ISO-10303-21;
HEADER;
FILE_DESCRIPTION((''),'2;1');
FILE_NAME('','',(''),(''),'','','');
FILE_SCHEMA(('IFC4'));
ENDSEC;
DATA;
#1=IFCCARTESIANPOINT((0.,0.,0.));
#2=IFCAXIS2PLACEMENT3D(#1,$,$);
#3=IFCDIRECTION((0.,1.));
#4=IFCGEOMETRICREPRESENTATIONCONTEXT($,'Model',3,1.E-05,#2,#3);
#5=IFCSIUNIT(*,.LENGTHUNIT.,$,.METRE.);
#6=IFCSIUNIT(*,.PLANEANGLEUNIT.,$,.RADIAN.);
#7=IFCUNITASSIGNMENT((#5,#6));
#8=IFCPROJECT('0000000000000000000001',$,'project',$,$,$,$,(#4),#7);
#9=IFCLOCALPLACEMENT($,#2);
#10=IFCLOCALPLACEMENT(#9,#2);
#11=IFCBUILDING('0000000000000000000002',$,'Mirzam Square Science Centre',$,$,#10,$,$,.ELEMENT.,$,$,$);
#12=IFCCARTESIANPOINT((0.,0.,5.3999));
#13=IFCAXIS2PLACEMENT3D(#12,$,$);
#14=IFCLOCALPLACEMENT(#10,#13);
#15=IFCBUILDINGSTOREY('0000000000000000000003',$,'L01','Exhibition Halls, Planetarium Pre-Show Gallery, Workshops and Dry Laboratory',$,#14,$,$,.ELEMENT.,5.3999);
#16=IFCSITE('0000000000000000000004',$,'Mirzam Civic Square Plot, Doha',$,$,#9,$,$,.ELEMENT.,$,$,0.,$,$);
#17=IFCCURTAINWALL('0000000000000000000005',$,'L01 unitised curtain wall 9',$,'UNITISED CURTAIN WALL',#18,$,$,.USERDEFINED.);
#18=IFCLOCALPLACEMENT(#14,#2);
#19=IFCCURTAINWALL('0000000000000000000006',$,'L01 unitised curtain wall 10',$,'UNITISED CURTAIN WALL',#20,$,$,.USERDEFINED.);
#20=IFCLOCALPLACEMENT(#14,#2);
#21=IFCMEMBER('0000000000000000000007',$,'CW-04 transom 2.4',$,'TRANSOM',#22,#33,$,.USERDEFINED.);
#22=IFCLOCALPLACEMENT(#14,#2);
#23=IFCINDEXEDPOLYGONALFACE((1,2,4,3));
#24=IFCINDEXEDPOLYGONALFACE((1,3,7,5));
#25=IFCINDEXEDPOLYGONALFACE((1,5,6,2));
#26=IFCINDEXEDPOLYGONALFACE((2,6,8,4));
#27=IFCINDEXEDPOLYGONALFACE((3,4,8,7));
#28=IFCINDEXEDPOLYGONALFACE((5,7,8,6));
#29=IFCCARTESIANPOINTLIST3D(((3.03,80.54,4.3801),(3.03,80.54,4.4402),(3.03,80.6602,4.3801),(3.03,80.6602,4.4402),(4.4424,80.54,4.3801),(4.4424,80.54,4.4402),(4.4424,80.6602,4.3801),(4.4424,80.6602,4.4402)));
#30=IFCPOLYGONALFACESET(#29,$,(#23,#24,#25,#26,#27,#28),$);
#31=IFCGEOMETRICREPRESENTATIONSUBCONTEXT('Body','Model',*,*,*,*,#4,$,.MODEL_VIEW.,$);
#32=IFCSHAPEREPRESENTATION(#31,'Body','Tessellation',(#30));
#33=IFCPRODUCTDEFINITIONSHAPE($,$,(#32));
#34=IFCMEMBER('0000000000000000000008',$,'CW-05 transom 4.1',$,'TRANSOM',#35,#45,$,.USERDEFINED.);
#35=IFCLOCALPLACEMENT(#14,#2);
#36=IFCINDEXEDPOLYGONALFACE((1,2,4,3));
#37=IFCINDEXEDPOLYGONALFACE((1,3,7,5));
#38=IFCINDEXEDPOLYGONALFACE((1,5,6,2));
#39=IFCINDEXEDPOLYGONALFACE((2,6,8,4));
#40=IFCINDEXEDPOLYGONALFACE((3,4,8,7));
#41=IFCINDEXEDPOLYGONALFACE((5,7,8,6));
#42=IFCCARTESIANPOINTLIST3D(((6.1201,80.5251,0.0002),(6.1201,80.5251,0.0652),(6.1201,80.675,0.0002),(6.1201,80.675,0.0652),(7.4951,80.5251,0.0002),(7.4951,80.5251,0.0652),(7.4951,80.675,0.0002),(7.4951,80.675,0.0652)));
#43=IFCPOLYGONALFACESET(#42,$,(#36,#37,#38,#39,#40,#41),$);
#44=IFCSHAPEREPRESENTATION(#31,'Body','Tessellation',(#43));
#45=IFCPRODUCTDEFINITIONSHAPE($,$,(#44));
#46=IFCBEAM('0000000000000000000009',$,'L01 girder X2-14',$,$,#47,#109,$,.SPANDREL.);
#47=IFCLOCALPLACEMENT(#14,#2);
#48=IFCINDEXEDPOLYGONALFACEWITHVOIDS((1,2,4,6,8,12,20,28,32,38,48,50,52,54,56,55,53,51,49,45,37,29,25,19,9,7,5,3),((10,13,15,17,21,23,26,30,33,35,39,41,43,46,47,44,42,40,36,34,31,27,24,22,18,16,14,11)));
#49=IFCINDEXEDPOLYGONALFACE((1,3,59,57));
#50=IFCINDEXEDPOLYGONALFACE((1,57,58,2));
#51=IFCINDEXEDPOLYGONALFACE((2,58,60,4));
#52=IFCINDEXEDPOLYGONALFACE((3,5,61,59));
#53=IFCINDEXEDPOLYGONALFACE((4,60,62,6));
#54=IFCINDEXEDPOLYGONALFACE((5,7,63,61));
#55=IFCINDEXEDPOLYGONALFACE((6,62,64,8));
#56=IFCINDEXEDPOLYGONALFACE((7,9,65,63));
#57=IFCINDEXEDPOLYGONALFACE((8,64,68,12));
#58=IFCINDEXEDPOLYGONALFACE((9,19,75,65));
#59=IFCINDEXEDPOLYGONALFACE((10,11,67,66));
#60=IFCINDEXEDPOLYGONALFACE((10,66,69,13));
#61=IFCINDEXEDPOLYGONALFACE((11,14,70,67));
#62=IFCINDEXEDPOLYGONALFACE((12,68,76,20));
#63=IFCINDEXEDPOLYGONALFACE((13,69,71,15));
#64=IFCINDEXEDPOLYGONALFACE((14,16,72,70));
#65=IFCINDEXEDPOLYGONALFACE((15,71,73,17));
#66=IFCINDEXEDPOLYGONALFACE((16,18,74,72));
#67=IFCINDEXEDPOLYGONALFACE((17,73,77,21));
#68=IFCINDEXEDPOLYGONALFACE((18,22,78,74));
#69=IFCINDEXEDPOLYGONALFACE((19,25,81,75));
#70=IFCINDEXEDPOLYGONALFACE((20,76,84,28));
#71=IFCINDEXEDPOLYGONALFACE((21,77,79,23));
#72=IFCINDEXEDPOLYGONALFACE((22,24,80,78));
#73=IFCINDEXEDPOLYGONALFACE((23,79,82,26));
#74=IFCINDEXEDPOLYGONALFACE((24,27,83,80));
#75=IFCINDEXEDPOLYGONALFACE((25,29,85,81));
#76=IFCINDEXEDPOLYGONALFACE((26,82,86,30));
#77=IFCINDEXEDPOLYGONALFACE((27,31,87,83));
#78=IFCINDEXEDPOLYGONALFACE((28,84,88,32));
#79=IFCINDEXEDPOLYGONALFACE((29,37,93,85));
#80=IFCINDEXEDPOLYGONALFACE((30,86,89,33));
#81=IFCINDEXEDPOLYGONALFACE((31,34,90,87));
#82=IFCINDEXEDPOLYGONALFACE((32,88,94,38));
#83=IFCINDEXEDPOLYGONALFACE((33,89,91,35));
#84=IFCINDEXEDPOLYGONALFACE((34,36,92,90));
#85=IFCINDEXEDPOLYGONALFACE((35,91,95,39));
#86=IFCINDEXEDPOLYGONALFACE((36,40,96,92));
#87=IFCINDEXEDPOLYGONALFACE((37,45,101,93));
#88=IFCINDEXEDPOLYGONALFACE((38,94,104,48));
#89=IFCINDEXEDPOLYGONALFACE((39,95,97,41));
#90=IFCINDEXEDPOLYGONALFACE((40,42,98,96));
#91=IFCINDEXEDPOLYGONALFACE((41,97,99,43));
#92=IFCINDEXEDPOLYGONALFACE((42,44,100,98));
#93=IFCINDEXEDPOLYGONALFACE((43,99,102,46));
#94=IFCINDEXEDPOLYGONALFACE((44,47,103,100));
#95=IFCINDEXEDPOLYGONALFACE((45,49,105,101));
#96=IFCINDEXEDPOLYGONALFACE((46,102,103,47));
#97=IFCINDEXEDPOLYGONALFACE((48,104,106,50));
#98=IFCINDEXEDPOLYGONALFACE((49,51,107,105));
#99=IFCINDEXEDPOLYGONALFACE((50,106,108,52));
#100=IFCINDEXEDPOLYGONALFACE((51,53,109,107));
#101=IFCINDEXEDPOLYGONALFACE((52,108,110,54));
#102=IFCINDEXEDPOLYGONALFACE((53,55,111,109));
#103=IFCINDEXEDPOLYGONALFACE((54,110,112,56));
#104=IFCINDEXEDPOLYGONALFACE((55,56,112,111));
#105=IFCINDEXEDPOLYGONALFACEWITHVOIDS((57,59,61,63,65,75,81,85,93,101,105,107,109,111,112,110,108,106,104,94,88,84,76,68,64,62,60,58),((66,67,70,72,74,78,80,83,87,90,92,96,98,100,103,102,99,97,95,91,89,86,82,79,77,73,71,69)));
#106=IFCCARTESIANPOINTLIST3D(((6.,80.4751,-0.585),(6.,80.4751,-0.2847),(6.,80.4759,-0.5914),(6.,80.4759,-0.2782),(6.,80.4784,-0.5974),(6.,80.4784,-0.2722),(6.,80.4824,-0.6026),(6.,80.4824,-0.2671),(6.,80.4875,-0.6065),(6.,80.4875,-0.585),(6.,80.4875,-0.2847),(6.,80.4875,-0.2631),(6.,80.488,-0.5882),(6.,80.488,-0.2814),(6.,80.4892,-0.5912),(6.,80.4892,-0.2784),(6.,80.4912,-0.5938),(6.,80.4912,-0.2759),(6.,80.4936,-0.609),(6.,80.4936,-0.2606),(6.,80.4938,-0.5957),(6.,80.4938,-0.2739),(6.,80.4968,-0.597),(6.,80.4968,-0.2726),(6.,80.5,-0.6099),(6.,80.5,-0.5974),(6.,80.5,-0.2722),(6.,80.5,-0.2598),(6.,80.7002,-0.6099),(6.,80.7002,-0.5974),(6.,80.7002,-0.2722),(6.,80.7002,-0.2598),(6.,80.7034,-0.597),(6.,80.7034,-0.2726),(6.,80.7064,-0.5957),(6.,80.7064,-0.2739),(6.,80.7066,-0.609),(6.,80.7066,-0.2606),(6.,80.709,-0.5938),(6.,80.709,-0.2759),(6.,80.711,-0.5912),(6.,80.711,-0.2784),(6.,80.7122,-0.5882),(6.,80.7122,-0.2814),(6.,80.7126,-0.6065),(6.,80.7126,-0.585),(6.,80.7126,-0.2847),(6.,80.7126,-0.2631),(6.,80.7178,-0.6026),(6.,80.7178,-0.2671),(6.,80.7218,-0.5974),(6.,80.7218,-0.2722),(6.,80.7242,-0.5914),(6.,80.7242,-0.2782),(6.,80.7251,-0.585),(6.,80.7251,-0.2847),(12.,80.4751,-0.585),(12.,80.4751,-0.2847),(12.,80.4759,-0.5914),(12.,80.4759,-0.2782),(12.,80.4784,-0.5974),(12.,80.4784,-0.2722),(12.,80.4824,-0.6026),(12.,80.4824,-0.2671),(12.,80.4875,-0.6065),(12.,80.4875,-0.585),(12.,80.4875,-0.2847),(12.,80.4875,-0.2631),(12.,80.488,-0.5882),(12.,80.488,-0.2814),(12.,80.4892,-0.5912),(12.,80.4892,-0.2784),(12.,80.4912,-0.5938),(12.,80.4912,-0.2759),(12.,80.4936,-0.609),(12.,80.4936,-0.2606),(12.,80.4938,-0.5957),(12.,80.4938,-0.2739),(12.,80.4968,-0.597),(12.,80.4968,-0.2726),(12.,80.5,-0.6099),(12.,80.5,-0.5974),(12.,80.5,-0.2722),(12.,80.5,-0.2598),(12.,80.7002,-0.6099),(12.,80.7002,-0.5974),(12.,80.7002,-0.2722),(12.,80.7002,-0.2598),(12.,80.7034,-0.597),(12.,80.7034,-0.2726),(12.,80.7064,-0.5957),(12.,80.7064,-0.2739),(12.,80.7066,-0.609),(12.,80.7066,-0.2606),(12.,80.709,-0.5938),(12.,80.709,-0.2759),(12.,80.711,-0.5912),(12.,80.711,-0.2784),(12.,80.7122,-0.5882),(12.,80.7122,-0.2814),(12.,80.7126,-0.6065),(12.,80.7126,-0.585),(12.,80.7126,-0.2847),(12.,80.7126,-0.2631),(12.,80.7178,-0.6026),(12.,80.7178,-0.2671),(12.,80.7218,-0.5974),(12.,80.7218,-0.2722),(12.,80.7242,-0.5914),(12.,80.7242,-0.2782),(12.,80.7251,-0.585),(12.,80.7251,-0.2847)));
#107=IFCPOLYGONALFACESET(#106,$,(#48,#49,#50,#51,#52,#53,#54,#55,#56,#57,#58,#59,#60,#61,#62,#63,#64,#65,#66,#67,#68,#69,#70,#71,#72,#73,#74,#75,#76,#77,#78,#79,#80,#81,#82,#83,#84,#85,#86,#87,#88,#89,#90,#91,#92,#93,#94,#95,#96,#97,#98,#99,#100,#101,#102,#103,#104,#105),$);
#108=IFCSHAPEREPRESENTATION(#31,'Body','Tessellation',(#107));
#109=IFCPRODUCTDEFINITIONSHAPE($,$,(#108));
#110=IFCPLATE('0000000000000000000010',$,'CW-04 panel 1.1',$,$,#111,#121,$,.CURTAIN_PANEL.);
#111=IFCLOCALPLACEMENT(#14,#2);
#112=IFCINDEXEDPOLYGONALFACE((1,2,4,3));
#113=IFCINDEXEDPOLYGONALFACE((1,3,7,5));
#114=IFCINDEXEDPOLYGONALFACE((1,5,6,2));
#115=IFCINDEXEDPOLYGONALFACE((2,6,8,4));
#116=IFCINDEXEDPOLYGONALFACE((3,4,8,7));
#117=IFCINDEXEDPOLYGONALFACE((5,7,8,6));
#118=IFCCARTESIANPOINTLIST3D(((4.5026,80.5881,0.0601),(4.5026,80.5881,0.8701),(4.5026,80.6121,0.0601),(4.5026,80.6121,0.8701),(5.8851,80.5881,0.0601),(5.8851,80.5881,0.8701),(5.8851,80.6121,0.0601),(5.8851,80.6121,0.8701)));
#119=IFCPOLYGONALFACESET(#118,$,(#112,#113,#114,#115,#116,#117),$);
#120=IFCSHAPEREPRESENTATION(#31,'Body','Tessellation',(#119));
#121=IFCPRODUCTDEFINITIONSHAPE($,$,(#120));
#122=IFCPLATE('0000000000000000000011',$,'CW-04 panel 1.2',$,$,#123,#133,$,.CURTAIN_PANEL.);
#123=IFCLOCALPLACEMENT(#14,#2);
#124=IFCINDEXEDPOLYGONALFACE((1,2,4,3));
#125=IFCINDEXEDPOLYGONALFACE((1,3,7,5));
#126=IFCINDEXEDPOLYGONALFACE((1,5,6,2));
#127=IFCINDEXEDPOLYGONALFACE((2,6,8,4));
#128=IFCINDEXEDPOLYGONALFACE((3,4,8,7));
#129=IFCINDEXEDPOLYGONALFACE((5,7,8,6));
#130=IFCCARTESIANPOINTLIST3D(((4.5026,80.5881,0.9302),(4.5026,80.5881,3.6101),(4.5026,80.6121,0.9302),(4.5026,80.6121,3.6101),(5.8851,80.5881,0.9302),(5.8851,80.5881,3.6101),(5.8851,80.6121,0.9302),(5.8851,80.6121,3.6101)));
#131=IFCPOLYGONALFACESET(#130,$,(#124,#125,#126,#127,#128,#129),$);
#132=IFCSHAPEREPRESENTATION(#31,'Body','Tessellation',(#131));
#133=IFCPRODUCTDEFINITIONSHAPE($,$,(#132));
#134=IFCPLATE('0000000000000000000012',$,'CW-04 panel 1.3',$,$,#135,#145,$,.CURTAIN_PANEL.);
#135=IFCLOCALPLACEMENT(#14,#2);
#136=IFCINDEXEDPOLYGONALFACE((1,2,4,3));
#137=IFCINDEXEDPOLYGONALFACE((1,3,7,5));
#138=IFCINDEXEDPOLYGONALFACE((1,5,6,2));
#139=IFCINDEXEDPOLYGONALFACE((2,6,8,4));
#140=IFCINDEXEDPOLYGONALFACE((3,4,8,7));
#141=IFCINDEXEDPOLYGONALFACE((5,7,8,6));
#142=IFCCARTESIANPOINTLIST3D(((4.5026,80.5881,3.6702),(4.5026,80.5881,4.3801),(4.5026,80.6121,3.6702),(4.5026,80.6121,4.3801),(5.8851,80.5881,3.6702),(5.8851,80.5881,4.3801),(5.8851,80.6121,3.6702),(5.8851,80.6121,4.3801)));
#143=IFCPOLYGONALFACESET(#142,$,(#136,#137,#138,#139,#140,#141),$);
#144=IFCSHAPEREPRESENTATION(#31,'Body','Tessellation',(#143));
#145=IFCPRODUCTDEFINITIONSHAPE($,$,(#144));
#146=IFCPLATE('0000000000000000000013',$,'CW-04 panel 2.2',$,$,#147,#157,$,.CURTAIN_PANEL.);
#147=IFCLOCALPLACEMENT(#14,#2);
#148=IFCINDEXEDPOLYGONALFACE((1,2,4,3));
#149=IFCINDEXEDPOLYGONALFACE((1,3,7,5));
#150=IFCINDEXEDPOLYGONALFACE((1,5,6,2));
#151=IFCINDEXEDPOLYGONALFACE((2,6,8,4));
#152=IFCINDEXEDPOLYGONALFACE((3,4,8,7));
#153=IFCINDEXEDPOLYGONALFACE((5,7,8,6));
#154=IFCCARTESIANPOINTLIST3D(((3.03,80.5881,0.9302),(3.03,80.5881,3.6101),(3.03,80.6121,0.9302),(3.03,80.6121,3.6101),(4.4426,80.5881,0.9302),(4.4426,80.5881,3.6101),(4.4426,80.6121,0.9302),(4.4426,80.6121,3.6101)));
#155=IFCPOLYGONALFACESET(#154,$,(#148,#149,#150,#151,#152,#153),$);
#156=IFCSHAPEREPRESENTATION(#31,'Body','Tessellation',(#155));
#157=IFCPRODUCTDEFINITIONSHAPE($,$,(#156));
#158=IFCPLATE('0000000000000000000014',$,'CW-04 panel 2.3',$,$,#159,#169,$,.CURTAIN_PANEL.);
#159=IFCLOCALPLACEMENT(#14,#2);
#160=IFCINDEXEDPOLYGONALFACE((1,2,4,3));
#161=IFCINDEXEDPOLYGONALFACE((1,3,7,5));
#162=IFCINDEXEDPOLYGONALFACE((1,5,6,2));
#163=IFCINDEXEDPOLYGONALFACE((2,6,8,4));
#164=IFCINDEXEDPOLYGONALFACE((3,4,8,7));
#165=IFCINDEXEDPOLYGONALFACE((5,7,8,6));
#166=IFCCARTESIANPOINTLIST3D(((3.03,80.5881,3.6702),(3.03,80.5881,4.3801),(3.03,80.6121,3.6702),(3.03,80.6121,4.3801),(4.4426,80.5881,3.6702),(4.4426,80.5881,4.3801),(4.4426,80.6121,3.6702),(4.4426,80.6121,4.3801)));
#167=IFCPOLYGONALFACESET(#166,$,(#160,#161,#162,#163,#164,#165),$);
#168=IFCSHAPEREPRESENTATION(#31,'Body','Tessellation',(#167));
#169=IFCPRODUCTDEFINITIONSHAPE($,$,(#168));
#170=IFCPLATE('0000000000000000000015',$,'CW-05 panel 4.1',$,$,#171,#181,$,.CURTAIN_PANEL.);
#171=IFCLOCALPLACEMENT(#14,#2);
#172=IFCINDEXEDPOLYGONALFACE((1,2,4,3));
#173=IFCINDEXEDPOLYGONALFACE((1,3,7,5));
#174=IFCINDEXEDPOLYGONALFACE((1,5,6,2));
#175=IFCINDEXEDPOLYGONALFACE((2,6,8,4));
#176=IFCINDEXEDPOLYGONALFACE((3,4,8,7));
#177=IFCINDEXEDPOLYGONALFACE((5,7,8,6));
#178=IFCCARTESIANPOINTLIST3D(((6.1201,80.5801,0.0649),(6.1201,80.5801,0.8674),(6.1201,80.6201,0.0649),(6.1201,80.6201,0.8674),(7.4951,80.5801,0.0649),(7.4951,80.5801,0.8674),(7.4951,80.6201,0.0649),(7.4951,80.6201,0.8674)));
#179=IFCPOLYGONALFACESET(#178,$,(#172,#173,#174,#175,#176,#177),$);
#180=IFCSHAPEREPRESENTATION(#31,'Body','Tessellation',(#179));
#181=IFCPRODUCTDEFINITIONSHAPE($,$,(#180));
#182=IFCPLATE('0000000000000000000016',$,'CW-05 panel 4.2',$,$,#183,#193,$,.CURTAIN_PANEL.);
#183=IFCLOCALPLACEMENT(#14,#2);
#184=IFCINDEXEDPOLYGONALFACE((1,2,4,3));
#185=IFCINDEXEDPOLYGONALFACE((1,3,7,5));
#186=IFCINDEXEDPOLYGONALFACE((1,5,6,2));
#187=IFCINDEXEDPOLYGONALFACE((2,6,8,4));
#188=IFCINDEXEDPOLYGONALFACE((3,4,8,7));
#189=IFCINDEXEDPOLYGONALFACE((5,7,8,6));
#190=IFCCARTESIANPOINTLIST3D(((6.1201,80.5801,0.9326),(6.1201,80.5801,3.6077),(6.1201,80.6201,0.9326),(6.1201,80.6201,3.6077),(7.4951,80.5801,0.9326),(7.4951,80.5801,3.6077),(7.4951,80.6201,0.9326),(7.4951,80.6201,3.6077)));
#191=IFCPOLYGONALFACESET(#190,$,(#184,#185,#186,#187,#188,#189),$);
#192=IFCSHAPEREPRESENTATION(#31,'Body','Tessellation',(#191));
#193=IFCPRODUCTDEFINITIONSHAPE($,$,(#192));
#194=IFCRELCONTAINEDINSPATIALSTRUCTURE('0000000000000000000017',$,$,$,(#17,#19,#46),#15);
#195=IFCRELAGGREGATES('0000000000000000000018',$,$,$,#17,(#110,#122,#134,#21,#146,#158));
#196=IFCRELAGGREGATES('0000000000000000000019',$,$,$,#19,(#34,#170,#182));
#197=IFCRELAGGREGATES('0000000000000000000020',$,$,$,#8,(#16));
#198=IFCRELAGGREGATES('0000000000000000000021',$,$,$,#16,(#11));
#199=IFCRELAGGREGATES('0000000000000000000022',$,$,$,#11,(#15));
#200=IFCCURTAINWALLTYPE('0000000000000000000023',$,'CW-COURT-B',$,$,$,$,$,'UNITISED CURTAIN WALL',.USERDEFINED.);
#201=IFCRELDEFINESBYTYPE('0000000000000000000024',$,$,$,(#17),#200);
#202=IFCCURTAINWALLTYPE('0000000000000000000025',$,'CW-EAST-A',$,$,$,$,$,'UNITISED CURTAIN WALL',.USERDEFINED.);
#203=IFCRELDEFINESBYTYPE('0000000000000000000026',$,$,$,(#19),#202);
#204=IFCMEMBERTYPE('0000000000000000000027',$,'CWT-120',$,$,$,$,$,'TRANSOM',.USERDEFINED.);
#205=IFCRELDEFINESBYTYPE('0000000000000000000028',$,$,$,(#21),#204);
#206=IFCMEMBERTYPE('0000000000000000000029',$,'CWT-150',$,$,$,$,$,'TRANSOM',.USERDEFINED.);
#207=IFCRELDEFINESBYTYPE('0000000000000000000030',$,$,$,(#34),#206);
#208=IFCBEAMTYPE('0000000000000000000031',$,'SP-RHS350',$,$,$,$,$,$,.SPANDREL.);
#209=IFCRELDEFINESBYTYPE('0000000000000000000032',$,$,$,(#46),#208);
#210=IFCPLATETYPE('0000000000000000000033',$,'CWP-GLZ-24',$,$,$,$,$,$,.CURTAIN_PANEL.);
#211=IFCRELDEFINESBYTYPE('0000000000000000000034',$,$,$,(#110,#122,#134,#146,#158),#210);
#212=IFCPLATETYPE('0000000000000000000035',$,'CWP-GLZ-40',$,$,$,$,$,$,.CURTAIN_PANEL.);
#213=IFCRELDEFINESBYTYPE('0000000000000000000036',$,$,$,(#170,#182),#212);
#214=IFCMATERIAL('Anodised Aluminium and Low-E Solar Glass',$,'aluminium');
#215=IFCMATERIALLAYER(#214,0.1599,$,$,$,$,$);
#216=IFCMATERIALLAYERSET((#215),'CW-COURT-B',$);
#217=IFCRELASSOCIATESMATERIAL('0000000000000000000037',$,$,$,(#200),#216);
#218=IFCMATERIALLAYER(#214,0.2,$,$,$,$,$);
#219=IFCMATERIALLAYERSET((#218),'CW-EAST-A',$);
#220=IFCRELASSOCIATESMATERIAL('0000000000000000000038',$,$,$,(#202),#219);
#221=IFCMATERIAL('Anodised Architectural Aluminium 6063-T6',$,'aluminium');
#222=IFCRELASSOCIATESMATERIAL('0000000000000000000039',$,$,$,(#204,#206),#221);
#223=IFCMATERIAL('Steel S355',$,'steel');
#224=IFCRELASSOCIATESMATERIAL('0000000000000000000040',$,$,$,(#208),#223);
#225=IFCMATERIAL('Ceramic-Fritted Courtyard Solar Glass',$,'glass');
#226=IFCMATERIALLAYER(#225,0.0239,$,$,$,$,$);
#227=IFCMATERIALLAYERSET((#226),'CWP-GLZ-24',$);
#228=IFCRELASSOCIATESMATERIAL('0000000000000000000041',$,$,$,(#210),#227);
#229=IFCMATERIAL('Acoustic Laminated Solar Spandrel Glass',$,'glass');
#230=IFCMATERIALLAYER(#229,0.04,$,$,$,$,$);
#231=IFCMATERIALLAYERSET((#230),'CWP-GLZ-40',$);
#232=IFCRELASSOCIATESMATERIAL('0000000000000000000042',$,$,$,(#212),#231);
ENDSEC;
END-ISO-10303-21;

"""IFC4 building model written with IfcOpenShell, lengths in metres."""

from ifc_helpers import new_model, si_unit, direction, frame, origin, origin_2d, place, context, subcontext, project, spatial, rectangle, hollow_rectangle, extrude, material, layer, layer_set, material_profile, profile_set, type_object, element, aggregate, save


model = new_model("IFC4")

# Units and contexts
model_context = context("Model", 3, precision=1e-05, world=origin(), true_north=direction((0.0, 1.0)))
body_context = subcontext(model_context, "Body", "Model", "MODEL_VIEW")
ifc_project = project(units=[si_unit("LENGTHUNIT", "METRE"), si_unit("PLANEANGLEUNIT", "RADIAN")], contexts=[model_context])

# Site, building, storey
site_placement = place(None, origin())
site = spatial("IfcSite", under=ifc_project, at=site_placement, Name="Mirzam Civic Square Plot, Doha", CompositionType="ELEMENT", RefElevation=0.0)
building_placement = place(site_placement, origin())
building = spatial("IfcBuilding", under=site, at=building_placement, Name="Mirzam Square Science Centre", CompositionType="ELEMENT")
storey_placement = place(building_placement, frame((0.0, 0.0, 5.3999)))
storey = spatial("IfcBuildingStorey", under=building, at=storey_placement, Name="L01", Description="Exhibition Halls, Planetarium Pre-Show Gallery, Workshops and Dry Laboratory", CompositionType="ELEMENT", Elevation=5.3999)

# Shared definitions
ifc_material_1 = material(Name="Steel S355", Category="steel")

# Curtain wall
ifc_material_2 = material(Name="Anodised Aluminium and Low-E Solar Glass", Category="aluminium")
ifc_layer_1 = layer(ifc_material_2, 0.1599)
ifc_layer_set_1 = layer_set([ifc_layer_1], Name="CW-COURT-B")
curtain_wall_type_1 = type_object("IfcCurtainWallType", Name="CW-COURT-B", ElementType="UNITISED CURTAIN WALL", PredefinedType="USERDEFINED", material=ifc_layer_set_1)
curtain_wall_1_placement = place(storey_placement, origin())
curtain_wall_1 = element("IfcCurtainWall", 1, at=curtain_wall_1_placement, inside=storey, type_object=curtain_wall_type_1, Name="L01 unitised curtain wall 9", ObjectType="UNITISED CURTAIN WALL", PredefinedType="USERDEFINED")
ifc_material_3 = material(Name="Anodised Architectural Aluminium 6063-T6", Category="aluminium")

# Curtain wall
ifc_layer_2 = layer(ifc_material_2, 0.2)
ifc_layer_set_2 = layer_set([ifc_layer_2], Name="CW-EAST-A")
curtain_wall_type_2 = type_object("IfcCurtainWallType", Name="CW-EAST-A", ElementType="UNITISED CURTAIN WALL", PredefinedType="USERDEFINED", material=ifc_layer_set_2)
curtain_wall_2_placement = place(storey_placement, origin())
curtain_wall_2 = element("IfcCurtainWall", 2, at=curtain_wall_2_placement, inside=storey, type_object=curtain_wall_type_2, Name="L01 unitised curtain wall 10", ObjectType="UNITISED CURTAIN WALL", PredefinedType="USERDEFINED")

# Members
ifc_material_profile_1 = material_profile(ifc_material_3, rectangle(XDim=0.1201, YDim=0.0601, at=origin_2d()), Name="ALU-TRAN-120x60x4")
ifc_profile_set_1 = profile_set([ifc_material_profile_1], Name="Anodised Architectural Aluminium 6063-T6")
member_type_1 = type_object("IfcMemberType", Name="CWT-120", ElementType="TRANSOM", PredefinedType="USERDEFINED", material=ifc_profile_set_1)
member_1_placement = place(storey_placement, frame((4.4424, 80.6001, 4.4102), z_axis=(-1.0, 0.0, 0.0), x_axis=(0.0, -1.0, 0.0)))
member_1 = element("IfcMember", 3, at=member_1_placement, type_object=member_type_1, Name="CW-04 transom 2.4", ObjectType="TRANSOM", PredefinedType="USERDEFINED", context=body_context, shape_type="SweptSolid", body=[
    extrude(rectangle(XDim=0.1201, YDim=0.0601, at=origin_2d()), origin(), (0.0, 0.0, 1.0), 1.4124),
])
ifc_material_profile_2 = material_profile(ifc_material_3, rectangle(XDim=0.1499, YDim=0.0649, at=origin_2d()), Name="ALU-TRAN-150x65x4")
ifc_profile_set_2 = profile_set([ifc_material_profile_2], Name="Anodised Architectural Aluminium 6063-T6")
member_type_2 = type_object("IfcMemberType", Name="CWT-150", ElementType="TRANSOM", PredefinedType="USERDEFINED", material=ifc_profile_set_2)
member_2_placement = place(storey_placement, frame((7.4951, 80.6001, 0.0327), z_axis=(-1.0, 0.0, 0.0), x_axis=(0.0, -1.0, 0.0)))
member_2 = element("IfcMember", 4, at=member_2_placement, type_object=member_type_2, Name="CW-05 transom 4.1", ObjectType="TRANSOM", PredefinedType="USERDEFINED", context=body_context, shape_type="SweptSolid", body=[
    extrude(rectangle(XDim=0.1499, YDim=0.0649, at=origin_2d()), origin(), (0.0, 0.0, 1.0), 1.375),
])

# Beam
ifc_material_profile_3 = material_profile(ifc_material_1, hollow_rectangle(XDim=0.25, YDim=0.3501, WallThickness=0.0125, InnerFilletRadius=0.0125, OuterFilletRadius=0.0249, at=origin_2d()), Name="350x250x12.5RHS")
ifc_profile_set_3 = profile_set([ifc_material_profile_3], Name="Steel S355")
beam_type = type_object("IfcBeamType", Name="SP-RHS350", PredefinedType="SPANDREL", material=ifc_profile_set_3)
beam_placement = place(storey_placement, frame((6.0, 80.6001, -0.4348), z_axis=(1.0, 0.0, 0.0), x_axis=(0.0, 1.0, 0.0)))
element("IfcBeam", 5, at=beam_placement, inside=storey, type_object=beam_type, Name="L01 girder X2-14", PredefinedType="SPANDREL", context=body_context, shape_type="SweptSolid", body=[
    extrude(hollow_rectangle(XDim=0.25, YDim=0.3501, WallThickness=0.0125, InnerFilletRadius=0.0125, OuterFilletRadius=0.0249, at=origin_2d()), origin(), (0.0, 0.0, 1.0), 6.0),
])

# Plates
ifc_material_4 = material(Name="Ceramic-Fritted Courtyard Solar Glass", Category="glass")
ifc_layer_3 = layer(ifc_material_4, 0.0239)
ifc_layer_set_3 = layer_set([ifc_layer_3], Name="CWP-GLZ-24")
plate_type_1 = type_object("IfcPlateType", Name="CWP-GLZ-24", PredefinedType="CURTAIN_PANEL", material=ifc_layer_set_3)
plate_1_placement = place(storey_placement, frame((5.1938, 80.6001, 0.0601), z_axis=(0.0, 0.0, 1.0), x_axis=(-1.0, 0.0, 0.0)))
plate_1 = element("IfcPlate", 6, at=plate_1_placement, type_object=plate_type_1, Name="CW-04 panel 1.1", PredefinedType="CURTAIN_PANEL", context=body_context, shape_type="SweptSolid", body=[
    extrude(rectangle(XDim=1.3826, YDim=0.0239, at=origin_2d()), origin(), (0.0, 0.0, 1.0), 0.8101),
])
plate_2_placement = place(storey_placement, frame((5.1938, 80.6001, 0.9302), z_axis=(0.0, 0.0, 1.0), x_axis=(-1.0, 0.0, 0.0)))
plate_2 = element("IfcPlate", 7, at=plate_2_placement, type_object=plate_type_1, Name="CW-04 panel 1.2", PredefinedType="CURTAIN_PANEL", context=body_context, shape_type="SweptSolid", body=[
    extrude(rectangle(XDim=1.3826, YDim=0.0239, at=origin_2d()), origin(), (0.0, 0.0, 1.0), 2.6799),
])
plate_3_placement = place(storey_placement, frame((5.1938, 80.6001, 3.6702), z_axis=(0.0, 0.0, 1.0), x_axis=(-1.0, 0.0, 0.0)))
plate_3 = element("IfcPlate", 8, at=plate_3_placement, type_object=plate_type_1, Name="CW-04 panel 1.3", PredefinedType="CURTAIN_PANEL", context=body_context, shape_type="SweptSolid", body=[
    extrude(rectangle(XDim=1.3826, YDim=0.0239, at=origin_2d()), origin(), (0.0, 0.0, 1.0), 0.71),
])
plate_4_placement = place(storey_placement, frame((3.7363, 80.6001, 0.9302), z_axis=(0.0, 0.0, 1.0), x_axis=(-1.0, 0.0, 0.0)))
plate_4 = element("IfcPlate", 9, at=plate_4_placement, type_object=plate_type_1, Name="CW-04 panel 2.2", PredefinedType="CURTAIN_PANEL", context=body_context, shape_type="SweptSolid", body=[
    extrude(rectangle(XDim=1.4126, YDim=0.0239, at=origin_2d()), origin(), (0.0, 0.0, 1.0), 2.6799),
])
plate_5_placement = place(storey_placement, frame((3.7363, 80.6001, 3.6702), z_axis=(0.0, 0.0, 1.0), x_axis=(-1.0, 0.0, 0.0)))
plate_5 = element("IfcPlate", 10, at=plate_5_placement, type_object=plate_type_1, Name="CW-04 panel 2.3", PredefinedType="CURTAIN_PANEL", context=body_context, shape_type="SweptSolid", body=[
    extrude(rectangle(XDim=1.4126, YDim=0.0239, at=origin_2d()), origin(), (0.0, 0.0, 1.0), 0.71),
])
aggregate(curtain_wall_1, [plate_1, plate_2, plate_3, member_1, plate_4, plate_5])
ifc_material_5 = material(Name="Acoustic Laminated Solar Spandrel Glass", Category="glass")
ifc_layer_4 = layer(ifc_material_5, 0.04)
ifc_layer_set_4 = layer_set([ifc_layer_4], Name="CWP-GLZ-40")
plate_type_2 = type_object("IfcPlateType", Name="CWP-GLZ-40", PredefinedType="CURTAIN_PANEL", material=ifc_layer_set_4)
plate_6_placement = place(storey_placement, frame((6.8076, 80.6001, 0.0649), z_axis=(0.0, 0.0, 1.0), x_axis=(-1.0, 0.0, 0.0)))
plate_6 = element("IfcPlate", 11, at=plate_6_placement, type_object=plate_type_2, Name="CW-05 panel 4.1", PredefinedType="CURTAIN_PANEL", context=body_context, shape_type="SweptSolid", body=[
    extrude(rectangle(XDim=1.375, YDim=0.04, at=origin_2d()), origin(), (0.0, 0.0, 1.0), 0.8025),
])
plate_7_placement = place(storey_placement, frame((6.8076, 80.6001, 0.9326), z_axis=(0.0, 0.0, 1.0), x_axis=(-1.0, 0.0, 0.0)))
plate_7 = element("IfcPlate", 12, at=plate_7_placement, type_object=plate_type_2, Name="CW-05 panel 4.2", PredefinedType="CURTAIN_PANEL", context=body_context, shape_type="SweptSolid", body=[
    extrude(rectangle(XDim=1.375, YDim=0.04, at=origin_2d()), origin(), (0.0, 0.0, 1.0), 2.675),
])
aggregate(curtain_wall_2, [member_2, plate_6, plate_7])

save(model, "model.ifc")
